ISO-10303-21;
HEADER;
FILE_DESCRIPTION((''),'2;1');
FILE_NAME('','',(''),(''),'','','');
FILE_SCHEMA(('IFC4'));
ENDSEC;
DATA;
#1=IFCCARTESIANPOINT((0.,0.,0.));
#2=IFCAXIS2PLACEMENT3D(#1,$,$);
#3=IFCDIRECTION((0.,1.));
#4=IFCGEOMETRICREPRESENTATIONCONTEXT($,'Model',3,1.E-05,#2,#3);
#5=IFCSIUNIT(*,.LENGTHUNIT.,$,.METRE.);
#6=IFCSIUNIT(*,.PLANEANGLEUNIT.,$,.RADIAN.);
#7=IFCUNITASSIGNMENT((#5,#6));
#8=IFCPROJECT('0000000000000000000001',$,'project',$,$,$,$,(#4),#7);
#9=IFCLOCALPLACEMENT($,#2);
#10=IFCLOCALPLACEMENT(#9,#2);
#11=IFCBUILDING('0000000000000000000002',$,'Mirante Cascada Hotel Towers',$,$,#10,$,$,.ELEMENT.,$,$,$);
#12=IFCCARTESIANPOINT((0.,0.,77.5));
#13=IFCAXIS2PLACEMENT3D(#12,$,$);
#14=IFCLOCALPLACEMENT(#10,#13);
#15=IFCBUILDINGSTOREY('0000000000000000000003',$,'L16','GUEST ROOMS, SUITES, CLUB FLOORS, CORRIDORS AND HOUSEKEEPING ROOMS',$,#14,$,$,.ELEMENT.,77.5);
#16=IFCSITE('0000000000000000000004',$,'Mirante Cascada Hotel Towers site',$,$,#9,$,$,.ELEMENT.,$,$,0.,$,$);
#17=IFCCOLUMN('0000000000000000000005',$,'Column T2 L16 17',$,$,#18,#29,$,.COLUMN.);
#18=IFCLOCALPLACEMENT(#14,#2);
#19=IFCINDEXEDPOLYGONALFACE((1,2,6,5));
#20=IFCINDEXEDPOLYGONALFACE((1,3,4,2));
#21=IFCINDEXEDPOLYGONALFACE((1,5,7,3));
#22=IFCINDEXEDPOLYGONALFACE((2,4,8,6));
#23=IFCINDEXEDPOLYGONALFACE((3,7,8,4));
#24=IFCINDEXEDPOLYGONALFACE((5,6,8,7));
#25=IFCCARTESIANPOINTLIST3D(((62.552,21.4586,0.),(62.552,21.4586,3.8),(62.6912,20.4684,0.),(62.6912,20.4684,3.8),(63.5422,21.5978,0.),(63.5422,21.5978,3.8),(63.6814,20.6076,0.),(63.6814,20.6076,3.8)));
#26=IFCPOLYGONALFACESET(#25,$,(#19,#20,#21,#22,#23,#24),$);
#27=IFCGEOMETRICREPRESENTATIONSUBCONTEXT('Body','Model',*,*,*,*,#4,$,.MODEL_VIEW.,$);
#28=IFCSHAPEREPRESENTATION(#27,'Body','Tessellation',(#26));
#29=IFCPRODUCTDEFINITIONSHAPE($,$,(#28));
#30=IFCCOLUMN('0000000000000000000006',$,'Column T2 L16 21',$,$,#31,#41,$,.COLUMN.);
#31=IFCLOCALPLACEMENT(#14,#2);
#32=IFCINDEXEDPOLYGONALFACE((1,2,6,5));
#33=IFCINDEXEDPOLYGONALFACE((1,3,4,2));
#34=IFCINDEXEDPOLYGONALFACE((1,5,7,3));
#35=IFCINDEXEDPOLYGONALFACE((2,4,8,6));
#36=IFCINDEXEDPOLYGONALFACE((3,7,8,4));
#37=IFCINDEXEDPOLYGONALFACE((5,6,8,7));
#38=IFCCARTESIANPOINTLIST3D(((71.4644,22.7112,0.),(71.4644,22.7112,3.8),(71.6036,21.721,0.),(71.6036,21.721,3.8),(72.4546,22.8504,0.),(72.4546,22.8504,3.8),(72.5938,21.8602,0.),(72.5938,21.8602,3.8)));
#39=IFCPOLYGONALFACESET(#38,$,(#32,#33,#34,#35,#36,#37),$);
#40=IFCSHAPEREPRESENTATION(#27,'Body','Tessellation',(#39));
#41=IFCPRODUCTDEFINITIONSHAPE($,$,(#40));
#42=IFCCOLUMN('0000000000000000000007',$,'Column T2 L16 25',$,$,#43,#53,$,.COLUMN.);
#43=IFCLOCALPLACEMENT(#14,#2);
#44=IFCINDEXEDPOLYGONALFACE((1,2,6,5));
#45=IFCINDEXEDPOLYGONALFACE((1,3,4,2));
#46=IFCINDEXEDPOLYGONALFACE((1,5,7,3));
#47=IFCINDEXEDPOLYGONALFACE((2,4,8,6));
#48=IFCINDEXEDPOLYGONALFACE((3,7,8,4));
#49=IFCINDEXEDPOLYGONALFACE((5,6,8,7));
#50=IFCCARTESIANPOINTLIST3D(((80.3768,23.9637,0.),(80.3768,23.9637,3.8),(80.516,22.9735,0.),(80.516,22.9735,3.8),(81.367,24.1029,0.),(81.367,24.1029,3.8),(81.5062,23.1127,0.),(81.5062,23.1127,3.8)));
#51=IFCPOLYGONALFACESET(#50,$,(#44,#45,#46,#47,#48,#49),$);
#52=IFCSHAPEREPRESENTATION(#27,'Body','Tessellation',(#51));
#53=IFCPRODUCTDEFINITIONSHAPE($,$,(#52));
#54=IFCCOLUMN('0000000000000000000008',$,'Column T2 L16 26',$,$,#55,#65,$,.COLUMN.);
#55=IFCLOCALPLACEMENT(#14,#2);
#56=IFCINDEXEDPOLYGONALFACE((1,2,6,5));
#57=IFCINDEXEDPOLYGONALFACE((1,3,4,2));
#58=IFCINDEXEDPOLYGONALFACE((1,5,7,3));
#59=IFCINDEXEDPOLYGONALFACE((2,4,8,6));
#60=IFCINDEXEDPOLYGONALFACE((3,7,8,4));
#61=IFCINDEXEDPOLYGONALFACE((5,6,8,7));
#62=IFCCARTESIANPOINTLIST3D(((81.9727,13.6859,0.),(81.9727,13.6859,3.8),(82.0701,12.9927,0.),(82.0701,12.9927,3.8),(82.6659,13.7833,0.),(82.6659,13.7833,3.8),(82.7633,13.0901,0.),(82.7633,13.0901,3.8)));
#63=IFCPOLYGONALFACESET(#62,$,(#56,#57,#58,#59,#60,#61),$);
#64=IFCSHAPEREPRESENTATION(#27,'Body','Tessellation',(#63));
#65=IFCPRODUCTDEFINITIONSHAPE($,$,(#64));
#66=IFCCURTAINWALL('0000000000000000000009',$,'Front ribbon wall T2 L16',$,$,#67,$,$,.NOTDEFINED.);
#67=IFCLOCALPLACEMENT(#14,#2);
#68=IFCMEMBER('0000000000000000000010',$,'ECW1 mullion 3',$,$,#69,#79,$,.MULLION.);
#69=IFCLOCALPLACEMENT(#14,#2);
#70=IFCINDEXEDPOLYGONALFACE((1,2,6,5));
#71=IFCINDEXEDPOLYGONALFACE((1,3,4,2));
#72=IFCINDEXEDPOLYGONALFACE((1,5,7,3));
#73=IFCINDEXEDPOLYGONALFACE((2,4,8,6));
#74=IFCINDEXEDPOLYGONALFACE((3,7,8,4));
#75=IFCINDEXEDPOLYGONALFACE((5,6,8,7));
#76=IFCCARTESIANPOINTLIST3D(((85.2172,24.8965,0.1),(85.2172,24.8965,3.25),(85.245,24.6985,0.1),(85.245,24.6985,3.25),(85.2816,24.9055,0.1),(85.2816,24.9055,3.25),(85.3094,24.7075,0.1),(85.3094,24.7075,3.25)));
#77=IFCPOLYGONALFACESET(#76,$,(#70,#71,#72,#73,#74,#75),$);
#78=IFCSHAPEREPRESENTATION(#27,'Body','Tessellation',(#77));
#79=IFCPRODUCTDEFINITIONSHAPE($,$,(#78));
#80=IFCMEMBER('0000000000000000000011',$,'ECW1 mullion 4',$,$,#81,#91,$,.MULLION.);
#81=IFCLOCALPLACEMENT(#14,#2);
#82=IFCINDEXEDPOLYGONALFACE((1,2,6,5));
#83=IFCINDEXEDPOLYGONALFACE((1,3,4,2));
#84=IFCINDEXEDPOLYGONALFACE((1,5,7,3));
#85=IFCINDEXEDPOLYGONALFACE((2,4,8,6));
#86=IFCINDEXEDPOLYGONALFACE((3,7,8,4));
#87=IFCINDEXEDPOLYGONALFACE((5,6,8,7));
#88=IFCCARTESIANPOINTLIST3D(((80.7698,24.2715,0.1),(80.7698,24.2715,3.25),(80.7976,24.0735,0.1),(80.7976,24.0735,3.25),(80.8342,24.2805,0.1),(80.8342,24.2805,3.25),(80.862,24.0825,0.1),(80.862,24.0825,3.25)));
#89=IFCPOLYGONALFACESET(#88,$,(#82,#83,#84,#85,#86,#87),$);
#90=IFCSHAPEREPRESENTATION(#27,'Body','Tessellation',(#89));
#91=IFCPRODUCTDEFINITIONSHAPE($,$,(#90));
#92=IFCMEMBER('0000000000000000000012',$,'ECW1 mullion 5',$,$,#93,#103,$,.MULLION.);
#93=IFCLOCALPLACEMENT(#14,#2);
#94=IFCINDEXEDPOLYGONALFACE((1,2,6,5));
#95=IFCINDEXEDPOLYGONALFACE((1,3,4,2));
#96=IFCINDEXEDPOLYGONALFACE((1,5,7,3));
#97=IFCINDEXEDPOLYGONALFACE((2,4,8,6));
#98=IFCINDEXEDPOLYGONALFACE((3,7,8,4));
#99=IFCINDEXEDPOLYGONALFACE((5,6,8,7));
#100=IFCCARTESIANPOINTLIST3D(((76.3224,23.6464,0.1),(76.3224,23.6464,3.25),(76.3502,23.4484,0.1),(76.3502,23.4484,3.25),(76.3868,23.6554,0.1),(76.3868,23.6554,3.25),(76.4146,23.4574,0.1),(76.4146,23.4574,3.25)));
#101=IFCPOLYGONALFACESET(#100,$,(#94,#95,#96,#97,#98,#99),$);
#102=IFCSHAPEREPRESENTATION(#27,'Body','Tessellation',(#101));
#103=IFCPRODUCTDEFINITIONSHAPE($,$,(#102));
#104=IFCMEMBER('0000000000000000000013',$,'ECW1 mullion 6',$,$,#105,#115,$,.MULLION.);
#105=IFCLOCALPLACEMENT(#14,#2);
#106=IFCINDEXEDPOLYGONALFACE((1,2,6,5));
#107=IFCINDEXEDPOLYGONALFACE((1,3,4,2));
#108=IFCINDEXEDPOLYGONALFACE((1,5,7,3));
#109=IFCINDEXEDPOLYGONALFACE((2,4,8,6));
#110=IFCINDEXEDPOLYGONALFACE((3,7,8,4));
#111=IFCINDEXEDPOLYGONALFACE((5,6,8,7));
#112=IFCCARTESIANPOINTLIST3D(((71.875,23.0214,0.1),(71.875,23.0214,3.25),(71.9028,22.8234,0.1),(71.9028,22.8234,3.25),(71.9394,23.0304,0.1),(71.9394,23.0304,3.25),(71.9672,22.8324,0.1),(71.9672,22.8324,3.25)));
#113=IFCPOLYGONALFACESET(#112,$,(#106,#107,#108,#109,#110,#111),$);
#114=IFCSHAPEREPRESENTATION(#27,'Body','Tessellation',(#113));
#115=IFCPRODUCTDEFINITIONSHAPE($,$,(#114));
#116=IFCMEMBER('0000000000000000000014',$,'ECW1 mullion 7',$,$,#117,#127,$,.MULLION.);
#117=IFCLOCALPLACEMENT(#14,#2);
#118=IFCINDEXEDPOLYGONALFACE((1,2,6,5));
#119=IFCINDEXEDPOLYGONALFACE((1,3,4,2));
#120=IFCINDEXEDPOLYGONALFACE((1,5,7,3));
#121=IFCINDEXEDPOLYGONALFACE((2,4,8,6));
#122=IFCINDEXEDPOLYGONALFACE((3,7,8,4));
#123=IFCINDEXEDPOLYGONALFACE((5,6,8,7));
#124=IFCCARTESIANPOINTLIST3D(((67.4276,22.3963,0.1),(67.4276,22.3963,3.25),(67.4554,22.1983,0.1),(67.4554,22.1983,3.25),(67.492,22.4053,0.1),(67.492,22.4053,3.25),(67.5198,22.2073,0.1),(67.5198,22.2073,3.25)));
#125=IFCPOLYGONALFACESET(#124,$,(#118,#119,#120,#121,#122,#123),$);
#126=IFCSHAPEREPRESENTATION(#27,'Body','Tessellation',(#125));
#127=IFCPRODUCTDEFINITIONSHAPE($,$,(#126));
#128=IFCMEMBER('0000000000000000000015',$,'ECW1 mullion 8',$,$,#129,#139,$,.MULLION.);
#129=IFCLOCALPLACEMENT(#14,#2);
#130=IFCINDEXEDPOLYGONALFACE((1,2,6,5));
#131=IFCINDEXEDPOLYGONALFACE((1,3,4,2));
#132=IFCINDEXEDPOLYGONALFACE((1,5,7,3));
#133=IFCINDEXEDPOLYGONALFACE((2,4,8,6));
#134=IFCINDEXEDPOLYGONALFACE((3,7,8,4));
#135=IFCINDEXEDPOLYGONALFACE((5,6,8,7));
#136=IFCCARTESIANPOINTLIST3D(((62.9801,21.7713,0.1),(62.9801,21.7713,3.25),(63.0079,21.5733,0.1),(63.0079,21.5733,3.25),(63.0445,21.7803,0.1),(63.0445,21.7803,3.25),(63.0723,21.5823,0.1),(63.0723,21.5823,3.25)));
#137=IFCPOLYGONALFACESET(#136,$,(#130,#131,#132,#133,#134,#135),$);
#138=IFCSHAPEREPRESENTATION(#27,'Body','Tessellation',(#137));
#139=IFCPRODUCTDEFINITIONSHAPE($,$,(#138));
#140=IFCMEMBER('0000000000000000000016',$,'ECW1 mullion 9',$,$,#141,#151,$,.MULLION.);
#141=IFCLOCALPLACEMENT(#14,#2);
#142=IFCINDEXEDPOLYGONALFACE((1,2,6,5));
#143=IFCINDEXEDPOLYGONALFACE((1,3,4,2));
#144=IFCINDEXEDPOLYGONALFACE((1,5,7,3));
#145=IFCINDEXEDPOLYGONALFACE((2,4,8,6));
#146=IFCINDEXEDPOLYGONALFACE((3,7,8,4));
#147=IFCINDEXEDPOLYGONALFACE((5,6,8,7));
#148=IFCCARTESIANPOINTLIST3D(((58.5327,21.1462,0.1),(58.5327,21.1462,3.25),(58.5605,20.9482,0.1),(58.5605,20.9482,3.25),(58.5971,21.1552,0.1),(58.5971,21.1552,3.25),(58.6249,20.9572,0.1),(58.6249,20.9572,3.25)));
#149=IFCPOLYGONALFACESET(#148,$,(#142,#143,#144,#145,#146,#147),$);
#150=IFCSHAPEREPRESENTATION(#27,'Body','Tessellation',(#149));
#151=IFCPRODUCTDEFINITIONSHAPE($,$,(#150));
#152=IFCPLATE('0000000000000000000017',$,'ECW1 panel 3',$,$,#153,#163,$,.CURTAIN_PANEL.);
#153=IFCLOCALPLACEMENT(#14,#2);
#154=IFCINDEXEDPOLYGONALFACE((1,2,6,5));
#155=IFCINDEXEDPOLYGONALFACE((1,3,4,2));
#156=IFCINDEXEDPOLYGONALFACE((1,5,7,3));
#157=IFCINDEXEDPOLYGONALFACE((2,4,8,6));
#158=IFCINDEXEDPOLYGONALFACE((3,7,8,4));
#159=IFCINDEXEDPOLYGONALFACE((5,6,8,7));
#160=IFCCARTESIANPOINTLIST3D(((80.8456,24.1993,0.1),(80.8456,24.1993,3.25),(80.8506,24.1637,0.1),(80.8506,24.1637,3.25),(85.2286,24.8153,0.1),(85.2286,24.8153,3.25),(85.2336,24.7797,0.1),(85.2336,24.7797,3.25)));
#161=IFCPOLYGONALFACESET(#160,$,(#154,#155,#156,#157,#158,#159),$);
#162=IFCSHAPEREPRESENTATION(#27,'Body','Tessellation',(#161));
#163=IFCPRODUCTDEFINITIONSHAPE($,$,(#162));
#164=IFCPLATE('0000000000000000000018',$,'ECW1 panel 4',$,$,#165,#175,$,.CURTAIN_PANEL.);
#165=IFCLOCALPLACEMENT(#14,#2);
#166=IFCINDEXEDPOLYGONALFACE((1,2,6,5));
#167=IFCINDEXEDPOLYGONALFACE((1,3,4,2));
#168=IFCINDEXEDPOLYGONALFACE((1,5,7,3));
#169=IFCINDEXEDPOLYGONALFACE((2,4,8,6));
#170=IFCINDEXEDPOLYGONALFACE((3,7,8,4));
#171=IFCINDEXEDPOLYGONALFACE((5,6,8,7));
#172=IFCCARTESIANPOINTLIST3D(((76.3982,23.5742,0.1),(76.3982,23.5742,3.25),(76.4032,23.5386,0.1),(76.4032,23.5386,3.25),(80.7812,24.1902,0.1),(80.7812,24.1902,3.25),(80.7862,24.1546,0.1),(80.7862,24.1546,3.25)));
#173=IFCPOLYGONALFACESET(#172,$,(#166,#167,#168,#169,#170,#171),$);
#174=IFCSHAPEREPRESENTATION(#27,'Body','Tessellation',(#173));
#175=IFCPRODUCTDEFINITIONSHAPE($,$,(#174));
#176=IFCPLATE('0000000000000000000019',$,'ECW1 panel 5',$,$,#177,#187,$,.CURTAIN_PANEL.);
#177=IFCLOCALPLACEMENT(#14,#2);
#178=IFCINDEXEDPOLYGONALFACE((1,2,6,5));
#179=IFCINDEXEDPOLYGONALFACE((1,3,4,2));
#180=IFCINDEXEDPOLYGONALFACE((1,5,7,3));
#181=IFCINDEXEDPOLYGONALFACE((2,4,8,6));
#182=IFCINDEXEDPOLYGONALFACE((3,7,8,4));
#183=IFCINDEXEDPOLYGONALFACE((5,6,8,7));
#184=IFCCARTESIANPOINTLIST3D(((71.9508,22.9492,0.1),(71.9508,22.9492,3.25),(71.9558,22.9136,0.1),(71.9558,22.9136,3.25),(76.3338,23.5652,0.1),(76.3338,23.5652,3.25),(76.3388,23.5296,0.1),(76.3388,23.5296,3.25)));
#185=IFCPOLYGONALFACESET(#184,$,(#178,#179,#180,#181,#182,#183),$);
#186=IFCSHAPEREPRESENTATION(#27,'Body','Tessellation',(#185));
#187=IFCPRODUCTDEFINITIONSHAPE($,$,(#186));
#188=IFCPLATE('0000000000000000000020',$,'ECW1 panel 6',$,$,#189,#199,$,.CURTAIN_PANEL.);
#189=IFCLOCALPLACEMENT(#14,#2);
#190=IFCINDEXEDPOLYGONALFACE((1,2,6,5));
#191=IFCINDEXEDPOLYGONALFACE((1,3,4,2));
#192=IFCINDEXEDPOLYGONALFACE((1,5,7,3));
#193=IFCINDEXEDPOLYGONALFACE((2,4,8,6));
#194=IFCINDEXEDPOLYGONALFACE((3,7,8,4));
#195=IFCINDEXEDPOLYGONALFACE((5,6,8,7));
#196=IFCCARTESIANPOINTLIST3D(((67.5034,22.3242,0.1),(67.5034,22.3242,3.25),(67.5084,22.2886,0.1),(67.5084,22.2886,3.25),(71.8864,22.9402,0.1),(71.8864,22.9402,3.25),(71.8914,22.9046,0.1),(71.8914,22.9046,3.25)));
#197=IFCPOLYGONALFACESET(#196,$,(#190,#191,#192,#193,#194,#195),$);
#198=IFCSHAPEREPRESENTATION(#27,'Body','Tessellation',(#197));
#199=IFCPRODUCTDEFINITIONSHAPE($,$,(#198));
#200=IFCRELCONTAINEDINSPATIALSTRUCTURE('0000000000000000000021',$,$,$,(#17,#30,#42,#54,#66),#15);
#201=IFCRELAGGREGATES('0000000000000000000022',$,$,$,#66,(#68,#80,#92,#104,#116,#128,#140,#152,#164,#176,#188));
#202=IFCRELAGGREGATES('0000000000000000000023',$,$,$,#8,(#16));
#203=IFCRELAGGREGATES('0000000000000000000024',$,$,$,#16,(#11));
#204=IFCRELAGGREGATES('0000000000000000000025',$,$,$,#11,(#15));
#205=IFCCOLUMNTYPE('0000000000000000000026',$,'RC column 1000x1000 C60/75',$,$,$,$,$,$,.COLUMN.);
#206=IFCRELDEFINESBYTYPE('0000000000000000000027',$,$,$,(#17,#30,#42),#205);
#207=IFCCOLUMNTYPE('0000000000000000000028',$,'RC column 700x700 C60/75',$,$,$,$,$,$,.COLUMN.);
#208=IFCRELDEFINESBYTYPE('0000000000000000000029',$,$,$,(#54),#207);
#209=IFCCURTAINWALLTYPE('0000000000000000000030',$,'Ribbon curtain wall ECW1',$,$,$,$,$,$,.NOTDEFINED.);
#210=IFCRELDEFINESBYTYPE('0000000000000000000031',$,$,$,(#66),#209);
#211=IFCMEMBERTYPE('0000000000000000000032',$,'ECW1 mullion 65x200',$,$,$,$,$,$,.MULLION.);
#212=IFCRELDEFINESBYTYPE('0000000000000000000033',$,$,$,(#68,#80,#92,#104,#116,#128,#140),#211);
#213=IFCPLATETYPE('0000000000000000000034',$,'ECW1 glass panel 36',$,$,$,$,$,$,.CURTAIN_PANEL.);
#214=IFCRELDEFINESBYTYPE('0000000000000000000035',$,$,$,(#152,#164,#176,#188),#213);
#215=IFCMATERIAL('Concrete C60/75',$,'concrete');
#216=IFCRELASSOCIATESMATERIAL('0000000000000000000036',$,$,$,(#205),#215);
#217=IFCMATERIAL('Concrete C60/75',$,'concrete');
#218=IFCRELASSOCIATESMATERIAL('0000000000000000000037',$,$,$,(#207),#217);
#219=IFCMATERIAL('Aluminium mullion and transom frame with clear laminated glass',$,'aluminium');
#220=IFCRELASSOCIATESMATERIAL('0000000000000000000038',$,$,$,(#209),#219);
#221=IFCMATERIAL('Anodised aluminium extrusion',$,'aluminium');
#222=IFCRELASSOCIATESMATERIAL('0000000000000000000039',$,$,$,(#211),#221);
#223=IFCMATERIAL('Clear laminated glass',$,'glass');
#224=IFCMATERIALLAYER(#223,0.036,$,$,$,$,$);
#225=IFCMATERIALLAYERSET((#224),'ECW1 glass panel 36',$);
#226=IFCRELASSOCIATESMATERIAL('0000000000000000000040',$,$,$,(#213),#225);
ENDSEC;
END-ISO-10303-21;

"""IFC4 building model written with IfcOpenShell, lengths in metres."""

from ifc_helpers import new_model, si_unit, direction, frame, origin, origin_2d, place, context, subcontext, project, spatial, rectangle, extrude, material, layer, layer_set, material_profile, profile_set, type_object, element, aggregate, save


model = new_model("IFC4")

# Units and contexts
model_context = context("Model", 3, precision=1e-05, world=origin(), true_north=direction((0.0, 1.0)))
body_context = subcontext(model_context, "Body", "Model", "MODEL_VIEW")
ifc_project = project(units=[si_unit("LENGTHUNIT", "METRE"), si_unit("PLANEANGLEUNIT", "RADIAN")], contexts=[model_context])

# Site, building, storey
site_placement = place(None, origin())
site = spatial("IfcSite", under=ifc_project, at=site_placement, Name="Mirante Cascada Hotel Towers site", CompositionType="ELEMENT", RefElevation=0.0)
building_placement = place(site_placement, origin())
building = spatial("IfcBuilding", under=site, at=building_placement, Name="Mirante Cascada Hotel Towers", CompositionType="ELEMENT")
storey_placement = place(building_placement, frame((0.0, 0.0, 77.5)))
storey = spatial("IfcBuildingStorey", under=building, at=storey_placement, Name="L16", Description="GUEST ROOMS, SUITES, CLUB FLOORS, CORRIDORS AND HOUSEKEEPING ROOMS", CompositionType="ELEMENT", Elevation=77.5)

# Columns
ifc_material_1 = material(Name="Concrete C60/75", Category="concrete")
ifc_material_profile_1 = material_profile(ifc_material_1, rectangle(XDim=1.0, YDim=1.0, at=origin_2d()), Name="RC column 1000x1000 C60/75")
ifc_profile_set_1 = profile_set([ifc_material_profile_1], Name="Concrete C60/75")
column_type_1 = type_object("IfcColumnType", Name="RC column 1000x1000 C60/75", PredefinedType="COLUMN", material=ifc_profile_set_1)
for number, where, z_axis, x_axis, name in (
    (1, (63.1167, 21.0331, 0.0), (0.0, 0.0, 1.0), (0.990268, 0.139173, 0.0), "Column T2 L16 17"),
    (2, (72.0291, 22.2857, 0.0), (0.0, 0.0, 1.0), (0.990268, 0.139173, 0.0), "Column T2 L16 21"),
    (3, (80.9415, 23.5382, 0.0), (0.0, 0.0, 1.0), (0.990268, 0.139173, 0.0), "Column T2 L16 25"),
):
    element("IfcColumn", number, at=place(storey_placement, frame(where, z_axis=z_axis, x_axis=x_axis)), inside=storey, type_object=column_type_1, Name=name, PredefinedType="COLUMN", context=body_context, shape_type="SweptSolid", body=[
        extrude(rectangle(XDim=1.0, YDim=1.0, at=origin_2d()), origin(), (0.0, 0.0, 1.0), 3.8),
    ])
ifc_material_2 = material(Name="Concrete C60/75", Category="concrete")
ifc_material_profile_2 = material_profile(ifc_material_2, rectangle(XDim=0.7, YDim=0.7, at=origin_2d()), Name="RC column 700x700 C60/75")
ifc_profile_set_2 = profile_set([ifc_material_profile_2], Name="Concrete C60/75")
column_type_2 = type_object("IfcColumnType", Name="RC column 700x700 C60/75", PredefinedType="COLUMN", material=ifc_profile_set_2)
column_placement = place(storey_placement, frame((82.368, 13.388, 0.0), z_axis=(0.0, 0.0, 1.0), x_axis=(0.990268, 0.139173, 0.0)))
element("IfcColumn", 4, at=column_placement, inside=storey, type_object=column_type_2, Name="Column T2 L16 26", PredefinedType="COLUMN", context=body_context, shape_type="SweptSolid", body=[
    extrude(rectangle(XDim=0.7, YDim=0.7, at=origin_2d()), origin(), (0.0, 0.0, 1.0), 3.8),
])

# Curtain wall, members, plates
ifc_material_3 = material(Name="Aluminium mullion and transom frame with clear laminated glass", Category="aluminium")
curtain_wall_type = type_object("IfcCurtainWallType", Name="Ribbon curtain wall ECW1", PredefinedType="NOTDEFINED", material=ifc_material_3)
curtain_wall_placement = place(storey_placement, origin())
curtain_wall = element("IfcCurtainWall", 5, at=curtain_wall_placement, inside=storey, type_object=curtain_wall_type, Name="Front ribbon wall T2 L16", PredefinedType="NOTDEFINED")
ifc_material_4 = material(Name="Anodised aluminium extrusion", Category="aluminium")
ifc_material_profile_3 = material_profile(ifc_material_4, rectangle(XDim=0.2, YDim=0.065, at=origin_2d()), Name="ECW1 MULLION 65x200")
ifc_profile_set_3 = profile_set([ifc_material_profile_3], Name="Anodised aluminium extrusion")
member_type = type_object("IfcMemberType", Name="ECW1 mullion 65x200", PredefinedType="MULLION", material=ifc_profile_set_3)
member_1_placement = place(storey_placement, frame((85.2633, 24.802, 0.1), z_axis=(0.0, 0.0, 1.0), x_axis=(0.139173, -0.990268, 0.0)))
member_1 = element("IfcMember", 6, at=member_1_placement, type_object=member_type, Name="ECW1 mullion 3", PredefinedType="MULLION", context=body_context, shape_type="SweptSolid", body=[
    extrude(rectangle(XDim=0.2, YDim=0.065, at=origin_2d()), origin(), (0.0, 0.0, 1.0), 3.15),
])
member_2_placement = place(storey_placement, frame((80.8159, 24.177, 0.1), z_axis=(0.0, 0.0, 1.0), x_axis=(0.139173, -0.990268, 0.0)))
member_2 = element("IfcMember", 7, at=member_2_placement, type_object=member_type, Name="ECW1 mullion 4", PredefinedType="MULLION", context=body_context, shape_type="SweptSolid", body=[
    extrude(rectangle(XDim=0.2, YDim=0.065, at=origin_2d()), origin(), (0.0, 0.0, 1.0), 3.15),
])
member_3_placement = place(storey_placement, frame((76.3685, 23.5519, 0.1), z_axis=(0.0, 0.0, 1.0), x_axis=(0.139173, -0.990268, 0.0)))
member_3 = element("IfcMember", 8, at=member_3_placement, type_object=member_type, Name="ECW1 mullion 5", PredefinedType="MULLION", context=body_context, shape_type="SweptSolid", body=[
    extrude(rectangle(XDim=0.2, YDim=0.065, at=origin_2d()), origin(), (0.0, 0.0, 1.0), 3.15),
])
member_4_placement = place(storey_placement, frame((71.9211, 22.9269, 0.1), z_axis=(0.0, 0.0, 1.0), x_axis=(0.139173, -0.990268, 0.0)))
member_4 = element("IfcMember", 9, at=member_4_placement, type_object=member_type, Name="ECW1 mullion 6", PredefinedType="MULLION", context=body_context, shape_type="SweptSolid", body=[
    extrude(rectangle(XDim=0.2, YDim=0.065, at=origin_2d()), origin(), (0.0, 0.0, 1.0), 3.15),
])
member_5_placement = place(storey_placement, frame((67.4737, 22.3018, 0.1), z_axis=(0.0, 0.0, 1.0), x_axis=(0.139173, -0.990268, 0.0)))
member_5 = element("IfcMember", 10, at=member_5_placement, type_object=member_type, Name="ECW1 mullion 7", PredefinedType="MULLION", context=body_context, shape_type="SweptSolid", body=[
    extrude(rectangle(XDim=0.2, YDim=0.065, at=origin_2d()), origin(), (0.0, 0.0, 1.0), 3.15),
])
member_6_placement = place(storey_placement, frame((63.0262, 21.6768, 0.1), z_axis=(0.0, 0.0, 1.0), x_axis=(0.139173, -0.990268, 0.0)))
member_6 = element("IfcMember", 11, at=member_6_placement, type_object=member_type, Name="ECW1 mullion 8", PredefinedType="MULLION", context=body_context, shape_type="SweptSolid", body=[
    extrude(rectangle(XDim=0.2, YDim=0.065, at=origin_2d()), origin(), (0.0, 0.0, 1.0), 3.15),
])
member_7_placement = place(storey_placement, frame((58.5788, 21.0517, 0.1), z_axis=(0.0, 0.0, 1.0), x_axis=(0.139173, -0.990268, 0.0)))
member_7 = element("IfcMember", 12, at=member_7_placement, type_object=member_type, Name="ECW1 mullion 9", PredefinedType="MULLION", context=body_context, shape_type="SweptSolid", body=[
    extrude(rectangle(XDim=0.2, YDim=0.065, at=origin_2d()), origin(), (0.0, 0.0, 1.0), 3.15),
])
ifc_material_5 = material(Name="Clear laminated glass", Category="glass")
ifc_layer_1 = layer(ifc_material_5, 0.036)
ifc_layer_set_1 = layer_set([ifc_layer_1], Name="ECW1 glass panel 36")
plate_type = type_object("IfcPlateType", Name="ECW1 glass panel 36", PredefinedType="CURTAIN_PANEL", material=ifc_layer_set_1)
plate_1_placement = place(storey_placement, frame((83.0396, 24.4895, 0.1), z_axis=(0.0, 0.0, 1.0), x_axis=(-0.990268, -0.139173, 0.0)))
plate_1 = element("IfcPlate", 13, at=plate_1_placement, type_object=plate_type, Name="ECW1 panel 3", PredefinedType="CURTAIN_PANEL", context=body_context, shape_type="SweptSolid", body=[
    extrude(rectangle(XDim=4.4261, YDim=0.036, at=origin_2d()), origin(), (0.0, 0.0, 1.0), 3.15),
])
plate_2_placement = place(storey_placement, frame((78.5922, 23.8644, 0.1), z_axis=(0.0, 0.0, 1.0), x_axis=(-0.990268, -0.139173, 0.0)))
plate_2 = element("IfcPlate", 14, at=plate_2_placement, type_object=plate_type, Name="ECW1 panel 4", PredefinedType="CURTAIN_PANEL", context=body_context, shape_type="SweptSolid", body=[
    extrude(rectangle(XDim=4.4261, YDim=0.036, at=origin_2d()), origin(), (0.0, 0.0, 1.0), 3.15),
])
plate_3_placement = place(storey_placement, frame((74.1448, 23.2394, 0.1), z_axis=(0.0, 0.0, 1.0), x_axis=(-0.990268, -0.139173, 0.0)))
plate_3 = element("IfcPlate", 15, at=plate_3_placement, type_object=plate_type, Name="ECW1 panel 5", PredefinedType="CURTAIN_PANEL", context=body_context, shape_type="SweptSolid", body=[
    extrude(rectangle(XDim=4.4261, YDim=0.036, at=origin_2d()), origin(), (0.0, 0.0, 1.0), 3.15),
])
plate_4_placement = place(storey_placement, frame((69.6974, 22.6144, 0.1), z_axis=(0.0, 0.0, 1.0), x_axis=(-0.990268, -0.139173, 0.0)))
plate_4 = element("IfcPlate", 16, at=plate_4_placement, type_object=plate_type, Name="ECW1 panel 6", PredefinedType="CURTAIN_PANEL", context=body_context, shape_type="SweptSolid", body=[
    extrude(rectangle(XDim=4.4261, YDim=0.036, at=origin_2d()), origin(), (0.0, 0.0, 1.0), 3.15),
])
aggregate(curtain_wall, [member_1, member_2, member_3, member_4, member_5, member_6, member_7, plate_1, plate_2, plate_3, plate_4])

save(model, "model.ifc")
